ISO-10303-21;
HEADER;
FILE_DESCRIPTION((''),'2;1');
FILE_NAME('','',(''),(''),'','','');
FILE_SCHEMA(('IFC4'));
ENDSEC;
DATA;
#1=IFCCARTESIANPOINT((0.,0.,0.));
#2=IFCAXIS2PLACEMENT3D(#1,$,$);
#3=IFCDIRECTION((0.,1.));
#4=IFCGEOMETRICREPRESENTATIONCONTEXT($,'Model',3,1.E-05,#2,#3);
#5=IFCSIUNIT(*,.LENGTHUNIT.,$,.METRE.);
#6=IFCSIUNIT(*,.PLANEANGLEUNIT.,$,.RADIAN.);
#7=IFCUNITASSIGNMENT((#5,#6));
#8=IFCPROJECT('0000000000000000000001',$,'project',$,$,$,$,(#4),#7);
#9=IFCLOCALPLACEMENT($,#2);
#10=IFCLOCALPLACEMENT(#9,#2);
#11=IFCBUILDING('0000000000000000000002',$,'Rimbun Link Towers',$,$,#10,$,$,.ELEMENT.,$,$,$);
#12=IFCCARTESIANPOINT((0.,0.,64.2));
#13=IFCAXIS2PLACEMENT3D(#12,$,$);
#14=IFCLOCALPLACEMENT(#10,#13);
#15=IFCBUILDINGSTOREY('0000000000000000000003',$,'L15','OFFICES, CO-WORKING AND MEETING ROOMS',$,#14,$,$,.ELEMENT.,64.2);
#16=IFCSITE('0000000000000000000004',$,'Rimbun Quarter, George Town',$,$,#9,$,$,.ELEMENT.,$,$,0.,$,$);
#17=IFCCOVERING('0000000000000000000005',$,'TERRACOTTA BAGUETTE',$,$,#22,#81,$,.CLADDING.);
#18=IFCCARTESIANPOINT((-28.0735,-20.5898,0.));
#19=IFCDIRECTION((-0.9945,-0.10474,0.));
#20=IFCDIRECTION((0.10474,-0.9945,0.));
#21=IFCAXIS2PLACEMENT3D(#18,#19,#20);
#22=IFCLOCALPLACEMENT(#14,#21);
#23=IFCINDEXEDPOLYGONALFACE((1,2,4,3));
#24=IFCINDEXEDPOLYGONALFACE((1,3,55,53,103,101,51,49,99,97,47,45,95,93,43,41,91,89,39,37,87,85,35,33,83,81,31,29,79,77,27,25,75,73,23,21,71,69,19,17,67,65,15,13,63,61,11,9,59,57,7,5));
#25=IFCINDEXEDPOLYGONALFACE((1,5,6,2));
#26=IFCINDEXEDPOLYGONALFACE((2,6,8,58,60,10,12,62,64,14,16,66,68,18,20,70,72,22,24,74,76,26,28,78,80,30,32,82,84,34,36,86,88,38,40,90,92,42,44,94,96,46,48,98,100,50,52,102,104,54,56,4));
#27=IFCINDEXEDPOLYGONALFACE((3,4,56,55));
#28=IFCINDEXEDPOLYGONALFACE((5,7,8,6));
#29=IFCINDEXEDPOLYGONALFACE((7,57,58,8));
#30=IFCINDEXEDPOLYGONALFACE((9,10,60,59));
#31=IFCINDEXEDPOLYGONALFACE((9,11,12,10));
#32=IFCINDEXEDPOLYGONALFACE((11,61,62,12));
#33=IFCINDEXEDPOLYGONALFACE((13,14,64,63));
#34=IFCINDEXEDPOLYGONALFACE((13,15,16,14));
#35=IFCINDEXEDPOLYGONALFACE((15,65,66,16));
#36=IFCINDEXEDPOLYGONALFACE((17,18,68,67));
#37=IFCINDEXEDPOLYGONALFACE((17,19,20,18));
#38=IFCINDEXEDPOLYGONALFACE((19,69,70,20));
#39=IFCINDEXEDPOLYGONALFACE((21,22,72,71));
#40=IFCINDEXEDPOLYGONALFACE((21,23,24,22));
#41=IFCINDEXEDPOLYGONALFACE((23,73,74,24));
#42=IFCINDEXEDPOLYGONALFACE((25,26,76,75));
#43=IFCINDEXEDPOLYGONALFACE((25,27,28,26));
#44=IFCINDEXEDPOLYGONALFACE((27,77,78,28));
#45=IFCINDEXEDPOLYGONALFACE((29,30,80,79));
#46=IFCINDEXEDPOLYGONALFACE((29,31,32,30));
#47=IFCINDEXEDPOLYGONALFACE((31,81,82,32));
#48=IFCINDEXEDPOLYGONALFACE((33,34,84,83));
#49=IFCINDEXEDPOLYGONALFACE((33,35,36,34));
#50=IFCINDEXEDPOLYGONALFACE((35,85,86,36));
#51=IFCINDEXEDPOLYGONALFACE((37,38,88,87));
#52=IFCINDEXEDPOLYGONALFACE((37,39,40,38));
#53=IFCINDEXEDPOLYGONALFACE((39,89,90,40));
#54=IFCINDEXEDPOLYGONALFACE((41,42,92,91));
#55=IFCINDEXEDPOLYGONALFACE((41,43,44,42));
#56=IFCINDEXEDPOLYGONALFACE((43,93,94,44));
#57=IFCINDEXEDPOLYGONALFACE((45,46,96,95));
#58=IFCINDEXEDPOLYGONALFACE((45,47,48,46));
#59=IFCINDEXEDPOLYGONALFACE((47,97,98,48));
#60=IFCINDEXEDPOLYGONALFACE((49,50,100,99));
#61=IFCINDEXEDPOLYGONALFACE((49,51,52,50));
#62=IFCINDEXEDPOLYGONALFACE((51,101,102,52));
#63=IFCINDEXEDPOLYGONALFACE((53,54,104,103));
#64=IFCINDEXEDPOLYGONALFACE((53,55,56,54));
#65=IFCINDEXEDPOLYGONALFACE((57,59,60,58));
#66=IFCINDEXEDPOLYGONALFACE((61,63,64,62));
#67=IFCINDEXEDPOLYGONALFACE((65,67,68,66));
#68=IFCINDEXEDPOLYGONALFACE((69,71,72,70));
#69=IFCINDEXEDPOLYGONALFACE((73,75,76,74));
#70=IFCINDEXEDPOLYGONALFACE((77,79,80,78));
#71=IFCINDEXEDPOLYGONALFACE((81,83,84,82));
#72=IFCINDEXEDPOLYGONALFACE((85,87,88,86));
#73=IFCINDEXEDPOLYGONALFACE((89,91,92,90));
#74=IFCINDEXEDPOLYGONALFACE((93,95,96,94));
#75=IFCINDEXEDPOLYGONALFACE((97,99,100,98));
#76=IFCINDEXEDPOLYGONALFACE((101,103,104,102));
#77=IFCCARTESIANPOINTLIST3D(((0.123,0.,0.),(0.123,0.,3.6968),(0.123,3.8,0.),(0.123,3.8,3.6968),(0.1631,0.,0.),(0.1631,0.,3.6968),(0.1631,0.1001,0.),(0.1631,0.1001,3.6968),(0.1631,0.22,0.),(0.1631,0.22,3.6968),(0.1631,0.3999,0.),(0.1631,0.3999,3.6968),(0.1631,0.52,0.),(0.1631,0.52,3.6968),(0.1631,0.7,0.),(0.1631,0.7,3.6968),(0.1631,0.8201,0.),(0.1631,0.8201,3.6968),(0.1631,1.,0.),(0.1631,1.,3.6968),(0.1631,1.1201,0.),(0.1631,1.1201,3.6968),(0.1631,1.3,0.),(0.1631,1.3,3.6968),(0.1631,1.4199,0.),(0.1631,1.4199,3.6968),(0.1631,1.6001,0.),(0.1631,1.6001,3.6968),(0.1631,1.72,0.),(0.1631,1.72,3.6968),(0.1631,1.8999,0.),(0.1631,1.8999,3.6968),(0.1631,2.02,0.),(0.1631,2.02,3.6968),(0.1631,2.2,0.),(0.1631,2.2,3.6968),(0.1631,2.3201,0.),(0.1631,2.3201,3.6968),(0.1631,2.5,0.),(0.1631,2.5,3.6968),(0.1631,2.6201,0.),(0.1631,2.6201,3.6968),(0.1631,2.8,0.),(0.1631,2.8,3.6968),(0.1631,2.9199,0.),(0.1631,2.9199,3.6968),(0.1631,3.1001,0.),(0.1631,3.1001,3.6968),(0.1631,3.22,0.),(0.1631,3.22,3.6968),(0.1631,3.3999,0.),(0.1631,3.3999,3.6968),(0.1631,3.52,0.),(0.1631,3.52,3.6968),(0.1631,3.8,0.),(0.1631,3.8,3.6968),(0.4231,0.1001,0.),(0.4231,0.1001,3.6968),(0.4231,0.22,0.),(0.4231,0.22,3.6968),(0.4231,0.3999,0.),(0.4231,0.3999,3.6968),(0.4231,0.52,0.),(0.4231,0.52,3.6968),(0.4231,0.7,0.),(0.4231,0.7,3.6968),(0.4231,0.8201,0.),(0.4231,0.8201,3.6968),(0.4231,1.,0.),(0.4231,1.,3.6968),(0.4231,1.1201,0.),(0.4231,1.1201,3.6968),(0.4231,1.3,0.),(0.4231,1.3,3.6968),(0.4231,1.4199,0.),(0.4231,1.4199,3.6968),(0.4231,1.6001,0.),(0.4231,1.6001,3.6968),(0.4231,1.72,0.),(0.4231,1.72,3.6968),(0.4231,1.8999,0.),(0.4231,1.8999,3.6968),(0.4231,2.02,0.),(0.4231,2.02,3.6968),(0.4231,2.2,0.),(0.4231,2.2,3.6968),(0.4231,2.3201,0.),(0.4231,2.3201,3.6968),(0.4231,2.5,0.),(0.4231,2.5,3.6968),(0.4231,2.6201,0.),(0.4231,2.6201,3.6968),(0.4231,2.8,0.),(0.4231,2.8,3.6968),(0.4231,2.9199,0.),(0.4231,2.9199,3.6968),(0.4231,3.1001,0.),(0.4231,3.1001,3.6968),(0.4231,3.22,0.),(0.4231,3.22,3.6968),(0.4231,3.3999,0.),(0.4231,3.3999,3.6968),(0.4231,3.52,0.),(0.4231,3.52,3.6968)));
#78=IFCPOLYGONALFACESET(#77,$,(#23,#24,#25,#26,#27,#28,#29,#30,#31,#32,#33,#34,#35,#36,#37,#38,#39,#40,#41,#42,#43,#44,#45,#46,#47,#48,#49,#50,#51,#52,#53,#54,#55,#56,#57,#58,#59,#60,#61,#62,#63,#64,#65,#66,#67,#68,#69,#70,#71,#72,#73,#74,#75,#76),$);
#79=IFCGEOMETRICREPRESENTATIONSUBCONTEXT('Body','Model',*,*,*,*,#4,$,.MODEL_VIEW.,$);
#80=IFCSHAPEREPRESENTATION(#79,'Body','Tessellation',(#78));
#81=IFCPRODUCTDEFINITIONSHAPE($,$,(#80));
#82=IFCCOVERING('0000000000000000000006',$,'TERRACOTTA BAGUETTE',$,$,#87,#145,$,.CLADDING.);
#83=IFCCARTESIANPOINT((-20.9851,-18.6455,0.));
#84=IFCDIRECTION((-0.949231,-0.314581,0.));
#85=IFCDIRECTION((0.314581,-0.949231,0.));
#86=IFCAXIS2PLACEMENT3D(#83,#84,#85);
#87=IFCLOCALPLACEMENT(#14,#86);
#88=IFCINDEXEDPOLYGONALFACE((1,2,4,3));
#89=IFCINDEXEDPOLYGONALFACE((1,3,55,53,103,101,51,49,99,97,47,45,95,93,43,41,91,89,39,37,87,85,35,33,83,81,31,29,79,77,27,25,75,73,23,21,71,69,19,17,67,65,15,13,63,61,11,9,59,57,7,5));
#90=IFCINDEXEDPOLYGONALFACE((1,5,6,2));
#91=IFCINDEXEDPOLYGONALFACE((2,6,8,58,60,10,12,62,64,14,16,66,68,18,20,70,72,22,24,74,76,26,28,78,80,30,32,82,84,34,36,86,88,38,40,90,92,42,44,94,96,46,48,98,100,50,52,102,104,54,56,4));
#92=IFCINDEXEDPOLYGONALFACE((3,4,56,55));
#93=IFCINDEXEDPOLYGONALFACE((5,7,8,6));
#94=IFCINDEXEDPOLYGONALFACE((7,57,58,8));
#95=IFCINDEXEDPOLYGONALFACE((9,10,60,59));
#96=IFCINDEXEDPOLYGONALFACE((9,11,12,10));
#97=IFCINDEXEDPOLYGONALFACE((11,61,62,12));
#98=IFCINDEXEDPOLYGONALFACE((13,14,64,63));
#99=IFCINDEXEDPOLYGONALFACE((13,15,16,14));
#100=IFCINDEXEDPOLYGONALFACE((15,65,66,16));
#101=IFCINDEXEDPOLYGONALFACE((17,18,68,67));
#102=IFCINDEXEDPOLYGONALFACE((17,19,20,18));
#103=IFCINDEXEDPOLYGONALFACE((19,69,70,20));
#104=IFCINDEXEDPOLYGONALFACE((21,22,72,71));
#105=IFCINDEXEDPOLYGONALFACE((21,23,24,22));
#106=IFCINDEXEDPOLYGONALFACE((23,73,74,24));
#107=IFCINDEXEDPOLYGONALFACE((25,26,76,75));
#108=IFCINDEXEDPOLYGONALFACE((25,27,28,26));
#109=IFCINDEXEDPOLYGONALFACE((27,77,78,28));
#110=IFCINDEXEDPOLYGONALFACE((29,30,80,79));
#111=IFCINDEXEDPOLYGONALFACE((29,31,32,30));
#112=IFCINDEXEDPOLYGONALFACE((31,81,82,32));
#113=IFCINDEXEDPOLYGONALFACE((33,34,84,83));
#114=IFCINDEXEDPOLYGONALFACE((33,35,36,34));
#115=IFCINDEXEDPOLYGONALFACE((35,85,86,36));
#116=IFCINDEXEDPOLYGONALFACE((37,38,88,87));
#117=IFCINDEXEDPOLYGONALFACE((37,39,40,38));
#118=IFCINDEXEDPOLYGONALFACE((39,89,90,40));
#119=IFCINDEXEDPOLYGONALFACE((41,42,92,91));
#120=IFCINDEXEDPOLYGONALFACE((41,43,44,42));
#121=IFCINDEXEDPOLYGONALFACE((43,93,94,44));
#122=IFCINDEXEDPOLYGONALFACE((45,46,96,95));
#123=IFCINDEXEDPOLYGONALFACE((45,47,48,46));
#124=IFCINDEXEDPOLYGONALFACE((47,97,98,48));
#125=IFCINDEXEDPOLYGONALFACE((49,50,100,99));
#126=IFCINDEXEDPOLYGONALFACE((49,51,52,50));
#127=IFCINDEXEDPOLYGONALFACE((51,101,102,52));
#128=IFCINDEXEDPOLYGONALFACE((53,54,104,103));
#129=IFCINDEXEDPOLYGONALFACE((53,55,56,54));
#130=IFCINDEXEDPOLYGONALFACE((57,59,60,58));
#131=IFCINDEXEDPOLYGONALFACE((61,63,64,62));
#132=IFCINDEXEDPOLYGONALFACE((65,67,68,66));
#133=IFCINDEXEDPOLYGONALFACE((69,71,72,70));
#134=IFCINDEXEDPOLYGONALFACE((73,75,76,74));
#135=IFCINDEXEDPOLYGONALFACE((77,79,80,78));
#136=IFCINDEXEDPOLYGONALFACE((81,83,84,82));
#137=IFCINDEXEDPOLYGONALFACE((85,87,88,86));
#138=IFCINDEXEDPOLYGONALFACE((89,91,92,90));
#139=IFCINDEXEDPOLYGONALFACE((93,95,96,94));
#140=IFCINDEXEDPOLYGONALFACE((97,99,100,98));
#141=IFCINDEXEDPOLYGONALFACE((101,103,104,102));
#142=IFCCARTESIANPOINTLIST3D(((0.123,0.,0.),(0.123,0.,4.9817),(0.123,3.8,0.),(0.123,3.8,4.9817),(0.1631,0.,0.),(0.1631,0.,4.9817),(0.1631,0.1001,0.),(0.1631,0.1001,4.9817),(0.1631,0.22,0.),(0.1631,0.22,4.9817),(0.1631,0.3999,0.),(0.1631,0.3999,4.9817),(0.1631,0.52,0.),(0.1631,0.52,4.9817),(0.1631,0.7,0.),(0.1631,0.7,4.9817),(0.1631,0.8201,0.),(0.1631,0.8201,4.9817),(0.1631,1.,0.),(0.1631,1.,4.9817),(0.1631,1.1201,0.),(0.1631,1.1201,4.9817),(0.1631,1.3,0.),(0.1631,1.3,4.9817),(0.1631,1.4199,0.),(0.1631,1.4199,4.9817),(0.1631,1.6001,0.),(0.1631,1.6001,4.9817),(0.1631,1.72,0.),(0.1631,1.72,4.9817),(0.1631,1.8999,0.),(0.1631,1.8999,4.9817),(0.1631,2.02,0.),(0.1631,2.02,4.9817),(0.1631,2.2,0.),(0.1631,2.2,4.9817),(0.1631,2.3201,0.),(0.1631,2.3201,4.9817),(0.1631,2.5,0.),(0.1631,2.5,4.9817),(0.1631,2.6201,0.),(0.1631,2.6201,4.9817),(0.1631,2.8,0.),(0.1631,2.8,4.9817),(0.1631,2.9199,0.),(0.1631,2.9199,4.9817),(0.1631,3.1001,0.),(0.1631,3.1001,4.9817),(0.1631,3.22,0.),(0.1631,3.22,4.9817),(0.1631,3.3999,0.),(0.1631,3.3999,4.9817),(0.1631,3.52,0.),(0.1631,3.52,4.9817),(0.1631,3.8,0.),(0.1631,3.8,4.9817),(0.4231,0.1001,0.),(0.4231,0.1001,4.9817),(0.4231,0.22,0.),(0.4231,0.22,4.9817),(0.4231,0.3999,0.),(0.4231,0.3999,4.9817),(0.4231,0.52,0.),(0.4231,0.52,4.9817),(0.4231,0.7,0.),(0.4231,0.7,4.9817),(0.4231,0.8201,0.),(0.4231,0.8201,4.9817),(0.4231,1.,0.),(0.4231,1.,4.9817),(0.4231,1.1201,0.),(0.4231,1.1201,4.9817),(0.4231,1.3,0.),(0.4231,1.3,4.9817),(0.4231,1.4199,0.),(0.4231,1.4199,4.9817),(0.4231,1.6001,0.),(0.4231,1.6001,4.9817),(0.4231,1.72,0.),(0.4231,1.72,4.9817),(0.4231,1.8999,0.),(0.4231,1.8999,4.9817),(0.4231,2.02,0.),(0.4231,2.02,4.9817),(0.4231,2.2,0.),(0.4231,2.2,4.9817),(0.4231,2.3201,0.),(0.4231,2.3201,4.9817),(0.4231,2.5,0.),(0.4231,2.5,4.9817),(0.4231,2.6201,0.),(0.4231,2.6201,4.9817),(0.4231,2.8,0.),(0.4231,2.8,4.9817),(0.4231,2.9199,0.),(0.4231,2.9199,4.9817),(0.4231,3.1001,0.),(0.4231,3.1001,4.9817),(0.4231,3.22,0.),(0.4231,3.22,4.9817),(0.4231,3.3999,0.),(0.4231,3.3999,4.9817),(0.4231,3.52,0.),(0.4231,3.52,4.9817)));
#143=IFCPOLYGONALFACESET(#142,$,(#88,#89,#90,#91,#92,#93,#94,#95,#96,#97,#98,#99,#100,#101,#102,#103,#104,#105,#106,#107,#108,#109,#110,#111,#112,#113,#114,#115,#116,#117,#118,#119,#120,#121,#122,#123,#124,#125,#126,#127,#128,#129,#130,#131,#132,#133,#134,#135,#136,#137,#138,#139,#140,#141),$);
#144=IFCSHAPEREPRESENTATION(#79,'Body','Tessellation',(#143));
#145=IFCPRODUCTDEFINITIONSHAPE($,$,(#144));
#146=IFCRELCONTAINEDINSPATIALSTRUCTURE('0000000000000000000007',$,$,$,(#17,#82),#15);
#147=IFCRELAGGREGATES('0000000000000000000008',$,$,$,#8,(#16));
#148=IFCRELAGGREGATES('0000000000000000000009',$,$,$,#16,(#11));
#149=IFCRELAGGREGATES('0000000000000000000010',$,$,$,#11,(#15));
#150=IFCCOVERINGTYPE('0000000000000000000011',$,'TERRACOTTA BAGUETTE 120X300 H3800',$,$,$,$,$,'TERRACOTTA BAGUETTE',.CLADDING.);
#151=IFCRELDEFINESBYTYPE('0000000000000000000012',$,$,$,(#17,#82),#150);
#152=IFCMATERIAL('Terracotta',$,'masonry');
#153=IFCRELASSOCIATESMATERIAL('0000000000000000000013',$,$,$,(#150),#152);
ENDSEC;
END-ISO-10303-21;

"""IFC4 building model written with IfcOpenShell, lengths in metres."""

from ifc_helpers import new_model, si_unit, direction, frame, origin, place, context, subcontext, project, spatial, polyline, outline, extrude, material, material_profile, profile_set, type_object, element, save


model = new_model("IFC4")

# Units and contexts
model_context = context("Model", 3, precision=1e-05, world=origin(), true_north=direction((0.0, 1.0)))
body_context = subcontext(model_context, "Body", "Model", "MODEL_VIEW")
ifc_project = project(units=[si_unit("LENGTHUNIT", "METRE"), si_unit("PLANEANGLEUNIT", "RADIAN")], contexts=[model_context])

# Site, building, storey
site_placement = place(None, origin())
site = spatial("IfcSite", under=ifc_project, at=site_placement, Name="Rimbun Quarter, George Town", CompositionType="ELEMENT", RefElevation=0.0)
building_placement = place(site_placement, origin())
building = spatial("IfcBuilding", under=site, at=building_placement, Name="Rimbun Link Towers", CompositionType="ELEMENT")
storey_placement = place(building_placement, frame((0.0, 0.0, 64.2)))
storey = spatial("IfcBuildingStorey", under=building, at=storey_placement, Name="L15", Description="OFFICES, CO-WORKING AND MEETING ROOMS", CompositionType="ELEMENT", Elevation=64.2)

# Coverings
ifc_material_1 = material(Name="Terracotta", Category="masonry")
ifc_material_profile_1 = material_profile(ifc_material_1, outline(polyline([(0.123, 0.0), (0.1631, 0.0), (0.1631, 0.1001), (0.4231, 0.1001), (0.4231, 0.22), (0.1631, 0.22), (0.1631, 0.3999), (0.4231, 0.3999), (0.4231, 0.52), (0.1631, 0.52), (0.1631, 0.7), (0.4231, 0.7), (0.4231, 0.8201), (0.1631, 0.8201), (0.1631, 1.0), (0.4231, 1.0), (0.4231, 1.1201), (0.1631, 1.1201), (0.1631, 1.3), (0.4231, 1.3), (0.4231, 1.4199), (0.1631, 1.4199), (0.1631, 1.6001), (0.4231, 1.6001), (0.4231, 1.72), (0.1631, 1.72), (0.1631, 1.8999), (0.4231, 1.8999), (0.4231, 2.02), (0.1631, 2.02), (0.1631, 2.2), (0.4231, 2.2), (0.4231, 2.3201), (0.1631, 2.3201), (0.1631, 2.5), (0.4231, 2.5), (0.4231, 2.6201), (0.1631, 2.6201), (0.1631, 2.8), (0.4231, 2.8), (0.4231, 2.9199), (0.1631, 2.9199), (0.1631, 3.1001), (0.4231, 3.1001), (0.4231, 3.22), (0.1631, 3.22), (0.1631, 3.3999), (0.4231, 3.3999), (0.4231, 3.52), (0.1631, 3.52), (0.1631, 3.8), (0.123, 3.8), (0.123, 0.0)])), Name="BAGUETTE 120X300")
ifc_profile_set_1 = profile_set([ifc_material_profile_1], Name="Terracotta")
covering_type = type_object("IfcCoveringType", Name="TERRACOTTA BAGUETTE 120X300 H3800", ElementType="TERRACOTTA BAGUETTE", PredefinedType="CLADDING", material=ifc_profile_set_1)
covering_1_placement = place(storey_placement, frame((-28.0735, -20.5898, 0.0), z_axis=(-0.9945, -0.10474, 0.0), x_axis=(0.10474, -0.9945, 0.0)))
element("IfcCovering", 1, at=covering_1_placement, inside=storey, type_object=covering_type, Name="TERRACOTTA BAGUETTE", PredefinedType="CLADDING", context=body_context, shape_type="SweptSolid", body=[
    extrude(outline(polyline([(0.123, 0.0), (0.1631, 0.0), (0.1631, 0.1001), (0.4231, 0.1001), (0.4231, 0.22), (0.1631, 0.22), (0.1631, 0.3999), (0.4231, 0.3999), (0.4231, 0.52), (0.1631, 0.52), (0.1631, 0.7), (0.4231, 0.7), (0.4231, 0.8201), (0.1631, 0.8201), (0.1631, 1.0), (0.4231, 1.0), (0.4231, 1.1201), (0.1631, 1.1201), (0.1631, 1.3), (0.4231, 1.3), (0.4231, 1.4199), (0.1631, 1.4199), (0.1631, 1.6001), (0.4231, 1.6001), (0.4231, 1.72), (0.1631, 1.72), (0.1631, 1.8999), (0.4231, 1.8999), (0.4231, 2.02), (0.1631, 2.02), (0.1631, 2.2), (0.4231, 2.2), (0.4231, 2.3201), (0.1631, 2.3201), (0.1631, 2.5), (0.4231, 2.5), (0.4231, 2.6201), (0.1631, 2.6201), (0.1631, 2.8), (0.4231, 2.8), (0.4231, 2.9199), (0.1631, 2.9199), (0.1631, 3.1001), (0.4231, 3.1001), (0.4231, 3.22), (0.1631, 3.22), (0.1631, 3.3999), (0.4231, 3.3999), (0.4231, 3.52), (0.1631, 3.52), (0.1631, 3.8), (0.123, 3.8), (0.123, 0.0)])), origin(), (0.0, 0.0, 1.0), 3.6968),
])
covering_2_placement = place(storey_placement, frame((-20.9851, -18.6455, 0.0), z_axis=(-0.949231, -0.314581, 0.0), x_axis=(0.314581, -0.949231, 0.0)))
element("IfcCovering", 2, at=covering_2_placement, inside=storey, type_object=covering_type, Name="TERRACOTTA BAGUETTE", PredefinedType="CLADDING", context=body_context, shape_type="SweptSolid", body=[
    extrude(outline(polyline([(0.123, 0.0), (0.1631, 0.0), (0.1631, 0.1001), (0.4231, 0.1001), (0.4231, 0.22), (0.1631, 0.22), (0.1631, 0.3999), (0.4231, 0.3999), (0.4231, 0.52), (0.1631, 0.52), (0.1631, 0.7), (0.4231, 0.7), (0.4231, 0.8201), (0.1631, 0.8201), (0.1631, 1.0), (0.4231, 1.0), (0.4231, 1.1201), (0.1631, 1.1201), (0.1631, 1.3), (0.4231, 1.3), (0.4231, 1.4199), (0.1631, 1.4199), (0.1631, 1.6001), (0.4231, 1.6001), (0.4231, 1.72), (0.1631, 1.72), (0.1631, 1.8999), (0.4231, 1.8999), (0.4231, 2.02), (0.1631, 2.02), (0.1631, 2.2), (0.4231, 2.2), (0.4231, 2.3201), (0.1631, 2.3201), (0.1631, 2.5), (0.4231, 2.5), (0.4231, 2.6201), (0.1631, 2.6201), (0.1631, 2.8), (0.4231, 2.8), (0.4231, 2.9199), (0.1631, 2.9199), (0.1631, 3.1001), (0.4231, 3.1001), (0.4231, 3.22), (0.1631, 3.22), (0.1631, 3.3999), (0.4231, 3.3999), (0.4231, 3.52), (0.1631, 3.52), (0.1631, 3.8), (0.123, 3.8), (0.123, 0.0)])), origin(), (0.0, 0.0, 1.0), 4.9817),
])

save(model, "model.ifc")
